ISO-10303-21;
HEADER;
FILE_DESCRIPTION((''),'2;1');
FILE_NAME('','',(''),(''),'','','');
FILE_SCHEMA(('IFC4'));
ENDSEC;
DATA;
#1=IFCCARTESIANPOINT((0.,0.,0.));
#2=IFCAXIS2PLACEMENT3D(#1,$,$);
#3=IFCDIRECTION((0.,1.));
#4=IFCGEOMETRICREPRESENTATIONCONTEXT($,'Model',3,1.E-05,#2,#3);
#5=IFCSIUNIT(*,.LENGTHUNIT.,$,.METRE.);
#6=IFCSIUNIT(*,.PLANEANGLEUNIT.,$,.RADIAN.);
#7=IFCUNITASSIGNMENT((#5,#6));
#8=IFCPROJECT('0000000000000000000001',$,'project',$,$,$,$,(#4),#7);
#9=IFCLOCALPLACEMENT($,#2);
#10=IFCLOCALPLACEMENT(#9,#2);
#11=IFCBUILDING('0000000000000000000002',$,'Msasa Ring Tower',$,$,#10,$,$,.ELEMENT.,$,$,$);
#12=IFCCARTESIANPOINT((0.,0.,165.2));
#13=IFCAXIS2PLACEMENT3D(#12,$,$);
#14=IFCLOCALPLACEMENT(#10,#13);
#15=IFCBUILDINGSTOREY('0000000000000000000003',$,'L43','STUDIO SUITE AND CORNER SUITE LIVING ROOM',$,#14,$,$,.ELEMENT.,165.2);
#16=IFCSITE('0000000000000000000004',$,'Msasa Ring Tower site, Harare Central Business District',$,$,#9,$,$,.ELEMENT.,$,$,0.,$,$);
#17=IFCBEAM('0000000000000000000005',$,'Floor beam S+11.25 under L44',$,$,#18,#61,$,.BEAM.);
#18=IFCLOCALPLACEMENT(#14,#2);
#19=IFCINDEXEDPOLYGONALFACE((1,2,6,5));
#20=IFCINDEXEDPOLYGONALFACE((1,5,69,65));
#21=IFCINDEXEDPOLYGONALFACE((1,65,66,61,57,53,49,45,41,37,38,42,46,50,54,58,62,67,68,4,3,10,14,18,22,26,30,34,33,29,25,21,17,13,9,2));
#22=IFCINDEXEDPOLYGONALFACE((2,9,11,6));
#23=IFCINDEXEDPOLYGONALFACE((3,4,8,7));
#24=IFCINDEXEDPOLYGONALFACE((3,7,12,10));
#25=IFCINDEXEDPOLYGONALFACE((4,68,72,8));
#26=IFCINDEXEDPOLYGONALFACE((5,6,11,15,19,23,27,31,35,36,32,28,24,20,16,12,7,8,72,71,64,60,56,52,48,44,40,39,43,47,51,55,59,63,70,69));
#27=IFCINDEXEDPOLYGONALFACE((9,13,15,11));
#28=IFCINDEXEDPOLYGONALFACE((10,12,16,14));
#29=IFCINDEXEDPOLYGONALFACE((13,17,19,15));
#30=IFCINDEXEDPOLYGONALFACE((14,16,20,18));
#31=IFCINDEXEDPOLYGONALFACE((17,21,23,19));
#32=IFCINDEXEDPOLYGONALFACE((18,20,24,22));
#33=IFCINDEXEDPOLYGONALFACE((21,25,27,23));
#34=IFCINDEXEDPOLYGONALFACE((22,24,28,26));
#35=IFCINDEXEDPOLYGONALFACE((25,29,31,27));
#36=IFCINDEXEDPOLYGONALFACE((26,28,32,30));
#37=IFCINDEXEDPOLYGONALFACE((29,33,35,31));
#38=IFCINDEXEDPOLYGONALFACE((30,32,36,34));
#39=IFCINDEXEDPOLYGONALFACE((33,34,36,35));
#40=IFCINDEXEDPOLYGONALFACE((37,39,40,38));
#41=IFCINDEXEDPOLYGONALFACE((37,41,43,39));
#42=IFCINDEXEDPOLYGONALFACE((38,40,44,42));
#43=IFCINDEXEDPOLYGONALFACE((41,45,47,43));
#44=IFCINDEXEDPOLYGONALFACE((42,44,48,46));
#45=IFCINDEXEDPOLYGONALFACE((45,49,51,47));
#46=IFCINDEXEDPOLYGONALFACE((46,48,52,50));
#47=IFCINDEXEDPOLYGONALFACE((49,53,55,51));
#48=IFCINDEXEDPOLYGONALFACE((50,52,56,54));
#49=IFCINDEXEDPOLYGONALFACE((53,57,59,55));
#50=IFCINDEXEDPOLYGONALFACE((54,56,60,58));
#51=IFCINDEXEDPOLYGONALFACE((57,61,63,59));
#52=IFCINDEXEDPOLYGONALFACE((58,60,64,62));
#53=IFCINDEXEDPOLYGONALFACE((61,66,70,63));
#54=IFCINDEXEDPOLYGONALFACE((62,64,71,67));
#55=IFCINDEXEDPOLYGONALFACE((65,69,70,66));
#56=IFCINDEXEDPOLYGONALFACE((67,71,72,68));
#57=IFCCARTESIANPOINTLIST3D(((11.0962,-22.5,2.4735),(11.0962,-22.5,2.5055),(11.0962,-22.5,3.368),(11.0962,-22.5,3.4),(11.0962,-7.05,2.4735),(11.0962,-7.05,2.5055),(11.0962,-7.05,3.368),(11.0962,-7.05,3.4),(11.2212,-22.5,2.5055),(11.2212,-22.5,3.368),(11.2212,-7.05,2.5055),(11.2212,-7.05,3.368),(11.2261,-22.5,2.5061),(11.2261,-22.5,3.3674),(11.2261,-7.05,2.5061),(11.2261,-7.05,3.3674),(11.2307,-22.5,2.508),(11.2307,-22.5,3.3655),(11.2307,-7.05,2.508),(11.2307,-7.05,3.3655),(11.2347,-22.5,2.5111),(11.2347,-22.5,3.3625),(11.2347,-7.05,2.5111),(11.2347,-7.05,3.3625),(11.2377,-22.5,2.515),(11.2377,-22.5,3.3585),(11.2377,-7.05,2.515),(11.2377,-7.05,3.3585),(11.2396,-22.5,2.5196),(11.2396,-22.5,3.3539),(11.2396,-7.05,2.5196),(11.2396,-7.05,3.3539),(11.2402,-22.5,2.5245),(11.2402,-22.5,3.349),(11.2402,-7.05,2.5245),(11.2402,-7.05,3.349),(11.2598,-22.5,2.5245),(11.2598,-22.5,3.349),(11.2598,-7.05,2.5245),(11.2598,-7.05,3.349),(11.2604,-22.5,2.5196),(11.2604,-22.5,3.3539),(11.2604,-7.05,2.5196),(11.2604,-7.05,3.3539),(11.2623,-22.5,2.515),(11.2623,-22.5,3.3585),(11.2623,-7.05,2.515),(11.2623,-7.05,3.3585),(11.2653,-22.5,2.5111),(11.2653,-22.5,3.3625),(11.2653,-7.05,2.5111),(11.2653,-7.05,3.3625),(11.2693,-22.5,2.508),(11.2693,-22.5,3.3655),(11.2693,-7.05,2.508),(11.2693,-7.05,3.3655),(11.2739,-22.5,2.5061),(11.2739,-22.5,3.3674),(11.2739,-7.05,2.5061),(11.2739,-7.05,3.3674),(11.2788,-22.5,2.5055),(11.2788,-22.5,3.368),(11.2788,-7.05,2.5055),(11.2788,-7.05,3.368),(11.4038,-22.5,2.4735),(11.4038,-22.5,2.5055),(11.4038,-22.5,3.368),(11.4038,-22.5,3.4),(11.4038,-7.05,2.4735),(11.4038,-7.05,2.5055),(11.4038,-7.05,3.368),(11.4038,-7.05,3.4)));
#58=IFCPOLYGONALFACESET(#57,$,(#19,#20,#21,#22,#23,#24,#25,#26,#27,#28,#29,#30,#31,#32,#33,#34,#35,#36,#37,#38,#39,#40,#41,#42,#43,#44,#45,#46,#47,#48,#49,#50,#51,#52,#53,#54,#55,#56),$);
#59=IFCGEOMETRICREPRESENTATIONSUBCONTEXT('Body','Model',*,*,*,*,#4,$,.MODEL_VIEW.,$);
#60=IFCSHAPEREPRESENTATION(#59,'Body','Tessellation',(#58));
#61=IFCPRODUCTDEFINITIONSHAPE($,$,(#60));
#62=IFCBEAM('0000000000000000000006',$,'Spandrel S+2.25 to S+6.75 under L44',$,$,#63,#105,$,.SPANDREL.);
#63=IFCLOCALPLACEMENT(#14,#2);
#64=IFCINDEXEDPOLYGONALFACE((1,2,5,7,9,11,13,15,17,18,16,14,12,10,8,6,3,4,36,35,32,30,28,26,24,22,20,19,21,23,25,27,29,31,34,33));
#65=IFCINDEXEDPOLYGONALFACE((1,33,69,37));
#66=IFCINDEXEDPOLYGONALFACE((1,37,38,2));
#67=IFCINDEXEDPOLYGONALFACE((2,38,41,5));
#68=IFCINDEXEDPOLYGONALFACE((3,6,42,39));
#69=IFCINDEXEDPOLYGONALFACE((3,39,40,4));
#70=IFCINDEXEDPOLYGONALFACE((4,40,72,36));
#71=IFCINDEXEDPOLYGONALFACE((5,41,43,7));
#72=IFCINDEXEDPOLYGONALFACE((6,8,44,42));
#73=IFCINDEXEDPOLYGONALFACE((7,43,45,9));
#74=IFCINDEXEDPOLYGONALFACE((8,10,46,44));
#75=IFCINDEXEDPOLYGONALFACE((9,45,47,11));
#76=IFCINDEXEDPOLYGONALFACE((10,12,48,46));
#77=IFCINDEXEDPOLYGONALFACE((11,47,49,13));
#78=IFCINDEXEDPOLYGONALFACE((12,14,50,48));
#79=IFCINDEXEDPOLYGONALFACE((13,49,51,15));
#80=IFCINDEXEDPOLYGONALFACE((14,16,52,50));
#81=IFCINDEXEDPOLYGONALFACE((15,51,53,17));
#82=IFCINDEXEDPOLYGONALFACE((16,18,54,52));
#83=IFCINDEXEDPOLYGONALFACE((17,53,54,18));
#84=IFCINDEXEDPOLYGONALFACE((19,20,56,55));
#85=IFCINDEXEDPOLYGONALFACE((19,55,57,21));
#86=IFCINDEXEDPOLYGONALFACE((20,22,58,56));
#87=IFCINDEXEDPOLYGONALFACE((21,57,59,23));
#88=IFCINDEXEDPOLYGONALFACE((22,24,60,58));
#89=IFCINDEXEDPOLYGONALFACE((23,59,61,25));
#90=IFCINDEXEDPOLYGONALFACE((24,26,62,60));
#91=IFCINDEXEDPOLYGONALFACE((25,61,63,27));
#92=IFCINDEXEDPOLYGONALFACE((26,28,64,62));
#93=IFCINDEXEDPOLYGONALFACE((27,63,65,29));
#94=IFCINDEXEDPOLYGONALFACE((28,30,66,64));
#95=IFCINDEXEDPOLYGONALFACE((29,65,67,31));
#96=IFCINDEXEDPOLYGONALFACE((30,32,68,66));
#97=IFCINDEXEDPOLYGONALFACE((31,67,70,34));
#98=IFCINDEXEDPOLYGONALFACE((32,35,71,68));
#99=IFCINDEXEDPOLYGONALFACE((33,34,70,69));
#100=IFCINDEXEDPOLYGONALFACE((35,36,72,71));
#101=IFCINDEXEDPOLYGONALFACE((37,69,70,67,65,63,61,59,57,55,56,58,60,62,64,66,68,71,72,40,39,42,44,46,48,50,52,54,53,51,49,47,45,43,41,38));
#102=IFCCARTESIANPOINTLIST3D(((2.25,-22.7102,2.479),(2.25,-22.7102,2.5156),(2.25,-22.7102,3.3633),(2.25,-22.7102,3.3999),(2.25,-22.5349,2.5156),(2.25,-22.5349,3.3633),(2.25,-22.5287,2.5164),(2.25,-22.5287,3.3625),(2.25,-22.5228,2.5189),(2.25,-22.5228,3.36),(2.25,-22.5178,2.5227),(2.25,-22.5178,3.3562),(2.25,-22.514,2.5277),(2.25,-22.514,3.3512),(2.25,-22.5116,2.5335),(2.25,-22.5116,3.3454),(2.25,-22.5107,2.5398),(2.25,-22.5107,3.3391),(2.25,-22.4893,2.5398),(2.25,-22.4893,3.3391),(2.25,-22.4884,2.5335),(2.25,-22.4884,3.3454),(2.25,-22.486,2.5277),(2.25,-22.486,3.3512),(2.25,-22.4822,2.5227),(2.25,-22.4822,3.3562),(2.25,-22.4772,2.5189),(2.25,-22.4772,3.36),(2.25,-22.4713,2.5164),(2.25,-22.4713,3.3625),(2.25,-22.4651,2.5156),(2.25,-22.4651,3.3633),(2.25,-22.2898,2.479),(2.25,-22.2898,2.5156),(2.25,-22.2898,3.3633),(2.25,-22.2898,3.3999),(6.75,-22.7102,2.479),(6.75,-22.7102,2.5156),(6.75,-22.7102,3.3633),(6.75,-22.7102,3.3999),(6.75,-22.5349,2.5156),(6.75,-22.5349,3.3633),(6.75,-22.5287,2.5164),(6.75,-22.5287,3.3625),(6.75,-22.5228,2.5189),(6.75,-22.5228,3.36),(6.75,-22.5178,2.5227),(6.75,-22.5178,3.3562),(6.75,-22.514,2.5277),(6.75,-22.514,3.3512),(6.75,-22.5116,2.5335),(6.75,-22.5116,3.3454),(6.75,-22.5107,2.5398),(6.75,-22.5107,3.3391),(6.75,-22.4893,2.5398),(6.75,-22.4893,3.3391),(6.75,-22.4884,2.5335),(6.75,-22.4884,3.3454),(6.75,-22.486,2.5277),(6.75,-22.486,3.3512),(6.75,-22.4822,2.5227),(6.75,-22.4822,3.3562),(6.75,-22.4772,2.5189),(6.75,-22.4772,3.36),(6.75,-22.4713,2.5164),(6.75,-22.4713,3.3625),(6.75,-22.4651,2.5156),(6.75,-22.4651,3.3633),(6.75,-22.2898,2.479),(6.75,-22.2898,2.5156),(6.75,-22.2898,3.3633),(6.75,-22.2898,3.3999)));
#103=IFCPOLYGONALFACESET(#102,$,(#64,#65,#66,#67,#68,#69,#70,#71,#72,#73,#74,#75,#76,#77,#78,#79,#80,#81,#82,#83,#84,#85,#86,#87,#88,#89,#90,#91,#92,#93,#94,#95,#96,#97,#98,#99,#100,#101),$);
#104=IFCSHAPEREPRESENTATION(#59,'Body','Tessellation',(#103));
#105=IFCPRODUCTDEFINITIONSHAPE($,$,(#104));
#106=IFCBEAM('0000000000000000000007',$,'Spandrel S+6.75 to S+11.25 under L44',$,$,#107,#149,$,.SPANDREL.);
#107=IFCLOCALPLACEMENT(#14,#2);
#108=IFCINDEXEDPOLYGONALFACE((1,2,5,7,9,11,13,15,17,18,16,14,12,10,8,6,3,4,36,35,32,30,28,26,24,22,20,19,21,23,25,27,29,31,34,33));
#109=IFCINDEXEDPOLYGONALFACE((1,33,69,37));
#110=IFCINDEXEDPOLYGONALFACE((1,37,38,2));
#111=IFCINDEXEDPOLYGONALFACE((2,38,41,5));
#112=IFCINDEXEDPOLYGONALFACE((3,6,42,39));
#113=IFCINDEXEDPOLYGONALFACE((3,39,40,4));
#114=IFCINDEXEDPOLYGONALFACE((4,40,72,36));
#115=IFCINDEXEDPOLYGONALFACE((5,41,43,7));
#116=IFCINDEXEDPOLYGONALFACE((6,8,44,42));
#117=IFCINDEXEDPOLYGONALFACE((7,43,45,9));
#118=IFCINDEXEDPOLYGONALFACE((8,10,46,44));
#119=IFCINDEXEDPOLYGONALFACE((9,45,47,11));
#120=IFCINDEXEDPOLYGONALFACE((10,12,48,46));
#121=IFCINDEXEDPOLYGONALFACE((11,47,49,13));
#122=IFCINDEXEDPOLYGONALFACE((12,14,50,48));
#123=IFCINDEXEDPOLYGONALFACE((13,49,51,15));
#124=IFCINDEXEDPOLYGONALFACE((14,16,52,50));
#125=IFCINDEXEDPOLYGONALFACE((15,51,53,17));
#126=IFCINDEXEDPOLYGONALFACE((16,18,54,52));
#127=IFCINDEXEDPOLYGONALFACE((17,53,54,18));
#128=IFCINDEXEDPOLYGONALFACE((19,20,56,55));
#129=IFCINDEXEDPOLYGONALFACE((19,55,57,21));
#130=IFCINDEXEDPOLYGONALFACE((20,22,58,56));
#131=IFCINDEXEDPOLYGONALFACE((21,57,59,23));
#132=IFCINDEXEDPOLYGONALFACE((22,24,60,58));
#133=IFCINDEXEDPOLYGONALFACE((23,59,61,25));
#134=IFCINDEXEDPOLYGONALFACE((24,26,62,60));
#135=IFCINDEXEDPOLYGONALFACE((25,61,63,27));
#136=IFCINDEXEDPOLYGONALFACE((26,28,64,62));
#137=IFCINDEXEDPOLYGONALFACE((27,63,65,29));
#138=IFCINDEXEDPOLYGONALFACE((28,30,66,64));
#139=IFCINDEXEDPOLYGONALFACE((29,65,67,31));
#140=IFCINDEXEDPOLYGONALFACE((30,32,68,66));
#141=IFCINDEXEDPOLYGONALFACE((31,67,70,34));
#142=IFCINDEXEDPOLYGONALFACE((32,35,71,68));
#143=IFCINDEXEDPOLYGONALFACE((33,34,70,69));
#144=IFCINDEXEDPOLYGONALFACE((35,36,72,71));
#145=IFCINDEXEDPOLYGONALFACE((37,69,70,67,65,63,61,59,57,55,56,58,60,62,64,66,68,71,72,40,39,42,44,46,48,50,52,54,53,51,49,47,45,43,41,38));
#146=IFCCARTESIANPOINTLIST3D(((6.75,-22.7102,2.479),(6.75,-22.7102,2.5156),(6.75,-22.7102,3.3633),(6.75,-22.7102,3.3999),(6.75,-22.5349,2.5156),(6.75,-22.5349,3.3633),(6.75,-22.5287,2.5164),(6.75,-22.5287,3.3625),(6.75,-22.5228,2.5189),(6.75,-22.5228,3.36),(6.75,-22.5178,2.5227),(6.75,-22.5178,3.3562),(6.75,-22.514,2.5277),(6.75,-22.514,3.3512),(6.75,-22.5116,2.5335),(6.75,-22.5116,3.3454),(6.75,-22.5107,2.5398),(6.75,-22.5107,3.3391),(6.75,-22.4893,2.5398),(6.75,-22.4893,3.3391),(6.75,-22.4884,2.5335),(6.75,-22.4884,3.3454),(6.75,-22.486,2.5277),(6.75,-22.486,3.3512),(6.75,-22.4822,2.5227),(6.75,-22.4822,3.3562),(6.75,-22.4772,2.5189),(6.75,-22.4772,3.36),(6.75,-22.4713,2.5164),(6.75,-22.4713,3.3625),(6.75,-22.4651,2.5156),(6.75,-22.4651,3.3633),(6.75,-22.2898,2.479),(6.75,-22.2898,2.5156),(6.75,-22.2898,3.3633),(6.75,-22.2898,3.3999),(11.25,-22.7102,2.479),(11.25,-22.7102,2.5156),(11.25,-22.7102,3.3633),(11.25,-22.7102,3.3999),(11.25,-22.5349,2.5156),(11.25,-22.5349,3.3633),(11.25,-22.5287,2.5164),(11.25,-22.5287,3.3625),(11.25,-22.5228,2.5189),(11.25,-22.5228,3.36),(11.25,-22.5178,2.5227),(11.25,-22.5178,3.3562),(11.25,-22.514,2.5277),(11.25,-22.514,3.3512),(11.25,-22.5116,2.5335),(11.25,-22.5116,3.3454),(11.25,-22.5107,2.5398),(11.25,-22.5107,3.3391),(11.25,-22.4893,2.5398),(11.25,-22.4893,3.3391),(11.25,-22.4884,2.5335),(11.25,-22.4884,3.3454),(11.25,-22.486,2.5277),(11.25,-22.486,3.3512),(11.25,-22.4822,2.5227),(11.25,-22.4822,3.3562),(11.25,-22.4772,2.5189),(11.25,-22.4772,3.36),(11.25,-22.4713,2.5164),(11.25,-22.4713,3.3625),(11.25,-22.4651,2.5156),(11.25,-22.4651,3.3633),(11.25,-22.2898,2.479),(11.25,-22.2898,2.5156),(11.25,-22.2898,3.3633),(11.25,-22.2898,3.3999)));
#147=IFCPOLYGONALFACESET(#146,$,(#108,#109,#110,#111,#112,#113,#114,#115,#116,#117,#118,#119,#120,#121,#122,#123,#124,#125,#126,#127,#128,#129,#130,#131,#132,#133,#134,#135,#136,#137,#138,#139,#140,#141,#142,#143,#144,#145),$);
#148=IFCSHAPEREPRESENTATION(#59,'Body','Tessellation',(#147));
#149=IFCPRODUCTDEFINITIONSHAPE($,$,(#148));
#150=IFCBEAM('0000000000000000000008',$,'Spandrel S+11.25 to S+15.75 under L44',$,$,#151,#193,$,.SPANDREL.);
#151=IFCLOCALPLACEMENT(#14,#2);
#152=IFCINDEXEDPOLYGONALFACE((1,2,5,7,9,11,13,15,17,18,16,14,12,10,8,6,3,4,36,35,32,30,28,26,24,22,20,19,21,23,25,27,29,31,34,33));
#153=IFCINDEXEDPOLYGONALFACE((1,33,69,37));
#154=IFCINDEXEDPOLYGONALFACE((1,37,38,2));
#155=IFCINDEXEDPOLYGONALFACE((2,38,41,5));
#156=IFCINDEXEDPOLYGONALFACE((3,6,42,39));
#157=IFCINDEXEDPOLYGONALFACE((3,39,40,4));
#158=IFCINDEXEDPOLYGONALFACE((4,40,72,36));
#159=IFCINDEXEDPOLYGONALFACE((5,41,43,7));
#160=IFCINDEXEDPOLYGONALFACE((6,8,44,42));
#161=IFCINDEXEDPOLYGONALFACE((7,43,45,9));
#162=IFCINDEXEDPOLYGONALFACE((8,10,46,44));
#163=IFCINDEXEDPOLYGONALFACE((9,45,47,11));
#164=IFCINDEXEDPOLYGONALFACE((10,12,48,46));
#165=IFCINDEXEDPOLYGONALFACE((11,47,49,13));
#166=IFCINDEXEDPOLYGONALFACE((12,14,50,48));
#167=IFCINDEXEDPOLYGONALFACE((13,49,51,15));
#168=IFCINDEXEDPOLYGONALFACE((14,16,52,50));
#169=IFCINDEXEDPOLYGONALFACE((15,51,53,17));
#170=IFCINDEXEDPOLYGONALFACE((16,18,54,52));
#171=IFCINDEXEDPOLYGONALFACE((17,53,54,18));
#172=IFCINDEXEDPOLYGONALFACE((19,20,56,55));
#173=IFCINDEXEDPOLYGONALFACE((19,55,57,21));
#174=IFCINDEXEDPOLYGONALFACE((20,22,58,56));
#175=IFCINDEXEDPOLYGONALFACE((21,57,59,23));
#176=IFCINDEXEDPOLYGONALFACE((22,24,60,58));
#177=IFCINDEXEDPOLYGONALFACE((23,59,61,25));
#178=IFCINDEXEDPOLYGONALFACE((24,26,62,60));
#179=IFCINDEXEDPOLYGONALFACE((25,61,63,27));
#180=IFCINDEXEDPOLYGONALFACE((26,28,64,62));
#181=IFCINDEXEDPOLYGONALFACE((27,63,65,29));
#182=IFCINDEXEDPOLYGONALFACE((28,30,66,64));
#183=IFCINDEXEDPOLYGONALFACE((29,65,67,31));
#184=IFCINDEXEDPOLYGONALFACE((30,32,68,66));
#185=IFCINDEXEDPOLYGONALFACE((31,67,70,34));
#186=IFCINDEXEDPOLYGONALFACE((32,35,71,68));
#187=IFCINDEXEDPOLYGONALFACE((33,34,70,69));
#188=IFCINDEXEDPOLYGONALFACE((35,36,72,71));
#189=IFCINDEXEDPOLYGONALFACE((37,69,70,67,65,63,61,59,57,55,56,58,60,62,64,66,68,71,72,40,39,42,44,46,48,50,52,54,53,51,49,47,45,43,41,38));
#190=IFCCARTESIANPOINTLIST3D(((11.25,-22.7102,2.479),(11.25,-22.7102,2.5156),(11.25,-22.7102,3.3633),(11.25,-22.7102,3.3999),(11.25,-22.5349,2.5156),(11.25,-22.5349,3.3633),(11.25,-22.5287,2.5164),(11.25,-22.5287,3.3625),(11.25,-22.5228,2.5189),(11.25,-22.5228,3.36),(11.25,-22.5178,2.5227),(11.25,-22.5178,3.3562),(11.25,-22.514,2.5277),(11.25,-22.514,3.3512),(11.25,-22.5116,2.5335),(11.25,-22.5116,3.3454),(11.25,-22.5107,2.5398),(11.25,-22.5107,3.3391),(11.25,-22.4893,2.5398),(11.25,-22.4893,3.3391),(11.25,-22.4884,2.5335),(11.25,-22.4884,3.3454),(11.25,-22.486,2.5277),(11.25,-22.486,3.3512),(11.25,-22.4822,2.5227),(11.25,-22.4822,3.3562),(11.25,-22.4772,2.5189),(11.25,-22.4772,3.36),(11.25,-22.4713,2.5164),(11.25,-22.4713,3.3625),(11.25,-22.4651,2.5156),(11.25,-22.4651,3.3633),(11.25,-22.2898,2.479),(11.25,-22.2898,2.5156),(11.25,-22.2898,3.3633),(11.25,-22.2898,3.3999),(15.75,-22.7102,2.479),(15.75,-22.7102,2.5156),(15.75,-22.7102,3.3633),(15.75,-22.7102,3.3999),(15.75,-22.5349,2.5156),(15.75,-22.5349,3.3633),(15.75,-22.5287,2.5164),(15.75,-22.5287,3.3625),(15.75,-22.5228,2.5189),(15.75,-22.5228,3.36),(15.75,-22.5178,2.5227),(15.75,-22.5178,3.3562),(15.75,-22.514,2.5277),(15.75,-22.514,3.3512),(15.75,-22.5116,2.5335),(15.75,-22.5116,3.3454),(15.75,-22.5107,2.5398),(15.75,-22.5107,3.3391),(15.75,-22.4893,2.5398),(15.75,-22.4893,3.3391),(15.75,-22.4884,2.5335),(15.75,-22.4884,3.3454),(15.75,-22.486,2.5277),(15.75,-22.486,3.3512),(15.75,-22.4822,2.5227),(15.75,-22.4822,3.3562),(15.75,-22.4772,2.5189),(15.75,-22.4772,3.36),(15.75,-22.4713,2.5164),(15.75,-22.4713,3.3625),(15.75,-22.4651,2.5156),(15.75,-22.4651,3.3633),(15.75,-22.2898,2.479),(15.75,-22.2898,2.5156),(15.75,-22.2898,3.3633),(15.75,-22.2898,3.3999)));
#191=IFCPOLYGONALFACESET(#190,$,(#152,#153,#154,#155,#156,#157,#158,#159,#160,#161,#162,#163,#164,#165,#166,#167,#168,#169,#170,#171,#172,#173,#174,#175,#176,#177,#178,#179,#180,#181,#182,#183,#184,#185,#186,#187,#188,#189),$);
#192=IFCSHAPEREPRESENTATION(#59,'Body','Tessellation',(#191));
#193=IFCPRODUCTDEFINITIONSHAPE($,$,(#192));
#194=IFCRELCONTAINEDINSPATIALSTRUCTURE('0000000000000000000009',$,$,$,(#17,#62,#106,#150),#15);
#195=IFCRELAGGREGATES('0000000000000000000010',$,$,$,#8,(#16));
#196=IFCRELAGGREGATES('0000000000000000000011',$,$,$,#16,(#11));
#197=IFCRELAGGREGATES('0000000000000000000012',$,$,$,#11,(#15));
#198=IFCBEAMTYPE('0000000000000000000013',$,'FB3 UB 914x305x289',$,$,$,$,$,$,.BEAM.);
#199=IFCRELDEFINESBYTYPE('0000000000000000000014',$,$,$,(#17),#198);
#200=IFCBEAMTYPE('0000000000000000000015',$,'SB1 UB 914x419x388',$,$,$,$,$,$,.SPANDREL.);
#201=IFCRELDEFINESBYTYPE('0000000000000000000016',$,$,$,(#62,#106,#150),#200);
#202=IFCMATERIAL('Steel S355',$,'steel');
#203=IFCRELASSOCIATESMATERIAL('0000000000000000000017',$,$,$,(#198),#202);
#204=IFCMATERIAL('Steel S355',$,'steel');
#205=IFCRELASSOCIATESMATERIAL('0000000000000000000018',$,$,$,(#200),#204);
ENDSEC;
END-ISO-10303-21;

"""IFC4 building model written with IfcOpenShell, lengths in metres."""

from ifc_helpers import new_model, si_unit, direction, frame, origin, origin_2d, place, context, subcontext, project, spatial, i_section, extrude, material, material_profile, profile_set, type_object, element, save


model = new_model("IFC4")

# Units and contexts
model_context = context("Model", 3, precision=1e-05, world=origin(), true_north=direction((0.0, 1.0)))
body_context = subcontext(model_context, "Body", "Model", "MODEL_VIEW")
ifc_project = project(units=[si_unit("LENGTHUNIT", "METRE"), si_unit("PLANEANGLEUNIT", "RADIAN")], contexts=[model_context])

# Site, building, storey
site_placement = place(None, origin())
site = spatial("IfcSite", under=ifc_project, at=site_placement, Name="Msasa Ring Tower site, Harare Central Business District", CompositionType="ELEMENT", RefElevation=0.0)
building_placement = place(site_placement, origin())
building = spatial("IfcBuilding", under=site, at=building_placement, Name="Msasa Ring Tower", CompositionType="ELEMENT")
storey_placement = place(building_placement, frame((0.0, 0.0, 165.2)))
storey = spatial("IfcBuildingStorey", under=building, at=storey_placement, Name="L43", Description="STUDIO SUITE AND CORNER SUITE LIVING ROOM", CompositionType="ELEMENT", Elevation=165.2)

# Beams
ifc_material_1 = material(Name="Steel S355", Category="steel")
ifc_material_profile_1 = material_profile(ifc_material_1, i_section(OverallWidth=0.3076, OverallDepth=0.9265, WebThickness=0.0195, FlangeThickness=0.032, FilletRadius=0.019, at=origin_2d()), Name="UB 914x305x289")
ifc_profile_set_1 = profile_set([ifc_material_profile_1], Name="Steel S355")
beam_type_1 = type_object("IfcBeamType", Name="FB3 UB 914x305x289", PredefinedType="BEAM", material=ifc_profile_set_1)
beam_placement = place(storey_placement, frame((11.25, -22.5, 2.9368), z_axis=(0.0, 1.0, 0.0), x_axis=(-1.0, 0.0, 0.0)))
element("IfcBeam", 1, at=beam_placement, inside=storey, type_object=beam_type_1, Name="Floor beam S+11.25 under L44", PredefinedType="BEAM", context=body_context, shape_type="SweptSolid", body=[
    extrude(i_section(OverallWidth=0.3076, OverallDepth=0.9265, WebThickness=0.0195, FlangeThickness=0.032, FilletRadius=0.019, at=origin_2d()), origin(), (0.0, 0.0, 1.0), 15.45),
])
ifc_material_2 = material(Name="Steel S355", Category="steel")
ifc_material_profile_2 = material_profile(ifc_material_2, i_section(OverallWidth=0.4204, OverallDepth=0.9209, WebThickness=0.0215, FlangeThickness=0.0366, FilletRadius=0.0242, at=origin_2d()), Name="UB 914x419x388")
ifc_profile_set_2 = profile_set([ifc_material_profile_2], Name="Steel S355")
beam_type_2 = type_object("IfcBeamType", Name="SB1 UB 914x419x388", PredefinedType="SPANDREL", material=ifc_profile_set_2)
for number, where, z_axis, x_axis, name in (
    (2, (2.25, -22.5, 2.9395), (1.0, 0.0, 0.0), (0.0, 1.0, 0.0), "Spandrel S+2.25 to S+6.75 under L44"),
    (3, (6.75, -22.5, 2.9395), (1.0, 0.0, 0.0), (0.0, 1.0, 0.0), "Spandrel S+6.75 to S+11.25 under L44"),
    (4, (11.25, -22.5, 2.9395), (1.0, 0.0, 0.0), (0.0, 1.0, 0.0), "Spandrel S+11.25 to S+15.75 under L44"),
):
    element("IfcBeam", number, at=place(storey_placement, frame(where, z_axis=z_axis, x_axis=x_axis)), inside=storey, type_object=beam_type_2, Name=name, PredefinedType="SPANDREL", context=body_context, shape_type="SweptSolid", body=[
        extrude(i_section(OverallWidth=0.4204, OverallDepth=0.9209, WebThickness=0.0215, FlangeThickness=0.0366, FilletRadius=0.0242, at=origin_2d()), origin(), (0.0, 0.0, 1.0), 4.5),
    ])

save(model, "model.ifc")
